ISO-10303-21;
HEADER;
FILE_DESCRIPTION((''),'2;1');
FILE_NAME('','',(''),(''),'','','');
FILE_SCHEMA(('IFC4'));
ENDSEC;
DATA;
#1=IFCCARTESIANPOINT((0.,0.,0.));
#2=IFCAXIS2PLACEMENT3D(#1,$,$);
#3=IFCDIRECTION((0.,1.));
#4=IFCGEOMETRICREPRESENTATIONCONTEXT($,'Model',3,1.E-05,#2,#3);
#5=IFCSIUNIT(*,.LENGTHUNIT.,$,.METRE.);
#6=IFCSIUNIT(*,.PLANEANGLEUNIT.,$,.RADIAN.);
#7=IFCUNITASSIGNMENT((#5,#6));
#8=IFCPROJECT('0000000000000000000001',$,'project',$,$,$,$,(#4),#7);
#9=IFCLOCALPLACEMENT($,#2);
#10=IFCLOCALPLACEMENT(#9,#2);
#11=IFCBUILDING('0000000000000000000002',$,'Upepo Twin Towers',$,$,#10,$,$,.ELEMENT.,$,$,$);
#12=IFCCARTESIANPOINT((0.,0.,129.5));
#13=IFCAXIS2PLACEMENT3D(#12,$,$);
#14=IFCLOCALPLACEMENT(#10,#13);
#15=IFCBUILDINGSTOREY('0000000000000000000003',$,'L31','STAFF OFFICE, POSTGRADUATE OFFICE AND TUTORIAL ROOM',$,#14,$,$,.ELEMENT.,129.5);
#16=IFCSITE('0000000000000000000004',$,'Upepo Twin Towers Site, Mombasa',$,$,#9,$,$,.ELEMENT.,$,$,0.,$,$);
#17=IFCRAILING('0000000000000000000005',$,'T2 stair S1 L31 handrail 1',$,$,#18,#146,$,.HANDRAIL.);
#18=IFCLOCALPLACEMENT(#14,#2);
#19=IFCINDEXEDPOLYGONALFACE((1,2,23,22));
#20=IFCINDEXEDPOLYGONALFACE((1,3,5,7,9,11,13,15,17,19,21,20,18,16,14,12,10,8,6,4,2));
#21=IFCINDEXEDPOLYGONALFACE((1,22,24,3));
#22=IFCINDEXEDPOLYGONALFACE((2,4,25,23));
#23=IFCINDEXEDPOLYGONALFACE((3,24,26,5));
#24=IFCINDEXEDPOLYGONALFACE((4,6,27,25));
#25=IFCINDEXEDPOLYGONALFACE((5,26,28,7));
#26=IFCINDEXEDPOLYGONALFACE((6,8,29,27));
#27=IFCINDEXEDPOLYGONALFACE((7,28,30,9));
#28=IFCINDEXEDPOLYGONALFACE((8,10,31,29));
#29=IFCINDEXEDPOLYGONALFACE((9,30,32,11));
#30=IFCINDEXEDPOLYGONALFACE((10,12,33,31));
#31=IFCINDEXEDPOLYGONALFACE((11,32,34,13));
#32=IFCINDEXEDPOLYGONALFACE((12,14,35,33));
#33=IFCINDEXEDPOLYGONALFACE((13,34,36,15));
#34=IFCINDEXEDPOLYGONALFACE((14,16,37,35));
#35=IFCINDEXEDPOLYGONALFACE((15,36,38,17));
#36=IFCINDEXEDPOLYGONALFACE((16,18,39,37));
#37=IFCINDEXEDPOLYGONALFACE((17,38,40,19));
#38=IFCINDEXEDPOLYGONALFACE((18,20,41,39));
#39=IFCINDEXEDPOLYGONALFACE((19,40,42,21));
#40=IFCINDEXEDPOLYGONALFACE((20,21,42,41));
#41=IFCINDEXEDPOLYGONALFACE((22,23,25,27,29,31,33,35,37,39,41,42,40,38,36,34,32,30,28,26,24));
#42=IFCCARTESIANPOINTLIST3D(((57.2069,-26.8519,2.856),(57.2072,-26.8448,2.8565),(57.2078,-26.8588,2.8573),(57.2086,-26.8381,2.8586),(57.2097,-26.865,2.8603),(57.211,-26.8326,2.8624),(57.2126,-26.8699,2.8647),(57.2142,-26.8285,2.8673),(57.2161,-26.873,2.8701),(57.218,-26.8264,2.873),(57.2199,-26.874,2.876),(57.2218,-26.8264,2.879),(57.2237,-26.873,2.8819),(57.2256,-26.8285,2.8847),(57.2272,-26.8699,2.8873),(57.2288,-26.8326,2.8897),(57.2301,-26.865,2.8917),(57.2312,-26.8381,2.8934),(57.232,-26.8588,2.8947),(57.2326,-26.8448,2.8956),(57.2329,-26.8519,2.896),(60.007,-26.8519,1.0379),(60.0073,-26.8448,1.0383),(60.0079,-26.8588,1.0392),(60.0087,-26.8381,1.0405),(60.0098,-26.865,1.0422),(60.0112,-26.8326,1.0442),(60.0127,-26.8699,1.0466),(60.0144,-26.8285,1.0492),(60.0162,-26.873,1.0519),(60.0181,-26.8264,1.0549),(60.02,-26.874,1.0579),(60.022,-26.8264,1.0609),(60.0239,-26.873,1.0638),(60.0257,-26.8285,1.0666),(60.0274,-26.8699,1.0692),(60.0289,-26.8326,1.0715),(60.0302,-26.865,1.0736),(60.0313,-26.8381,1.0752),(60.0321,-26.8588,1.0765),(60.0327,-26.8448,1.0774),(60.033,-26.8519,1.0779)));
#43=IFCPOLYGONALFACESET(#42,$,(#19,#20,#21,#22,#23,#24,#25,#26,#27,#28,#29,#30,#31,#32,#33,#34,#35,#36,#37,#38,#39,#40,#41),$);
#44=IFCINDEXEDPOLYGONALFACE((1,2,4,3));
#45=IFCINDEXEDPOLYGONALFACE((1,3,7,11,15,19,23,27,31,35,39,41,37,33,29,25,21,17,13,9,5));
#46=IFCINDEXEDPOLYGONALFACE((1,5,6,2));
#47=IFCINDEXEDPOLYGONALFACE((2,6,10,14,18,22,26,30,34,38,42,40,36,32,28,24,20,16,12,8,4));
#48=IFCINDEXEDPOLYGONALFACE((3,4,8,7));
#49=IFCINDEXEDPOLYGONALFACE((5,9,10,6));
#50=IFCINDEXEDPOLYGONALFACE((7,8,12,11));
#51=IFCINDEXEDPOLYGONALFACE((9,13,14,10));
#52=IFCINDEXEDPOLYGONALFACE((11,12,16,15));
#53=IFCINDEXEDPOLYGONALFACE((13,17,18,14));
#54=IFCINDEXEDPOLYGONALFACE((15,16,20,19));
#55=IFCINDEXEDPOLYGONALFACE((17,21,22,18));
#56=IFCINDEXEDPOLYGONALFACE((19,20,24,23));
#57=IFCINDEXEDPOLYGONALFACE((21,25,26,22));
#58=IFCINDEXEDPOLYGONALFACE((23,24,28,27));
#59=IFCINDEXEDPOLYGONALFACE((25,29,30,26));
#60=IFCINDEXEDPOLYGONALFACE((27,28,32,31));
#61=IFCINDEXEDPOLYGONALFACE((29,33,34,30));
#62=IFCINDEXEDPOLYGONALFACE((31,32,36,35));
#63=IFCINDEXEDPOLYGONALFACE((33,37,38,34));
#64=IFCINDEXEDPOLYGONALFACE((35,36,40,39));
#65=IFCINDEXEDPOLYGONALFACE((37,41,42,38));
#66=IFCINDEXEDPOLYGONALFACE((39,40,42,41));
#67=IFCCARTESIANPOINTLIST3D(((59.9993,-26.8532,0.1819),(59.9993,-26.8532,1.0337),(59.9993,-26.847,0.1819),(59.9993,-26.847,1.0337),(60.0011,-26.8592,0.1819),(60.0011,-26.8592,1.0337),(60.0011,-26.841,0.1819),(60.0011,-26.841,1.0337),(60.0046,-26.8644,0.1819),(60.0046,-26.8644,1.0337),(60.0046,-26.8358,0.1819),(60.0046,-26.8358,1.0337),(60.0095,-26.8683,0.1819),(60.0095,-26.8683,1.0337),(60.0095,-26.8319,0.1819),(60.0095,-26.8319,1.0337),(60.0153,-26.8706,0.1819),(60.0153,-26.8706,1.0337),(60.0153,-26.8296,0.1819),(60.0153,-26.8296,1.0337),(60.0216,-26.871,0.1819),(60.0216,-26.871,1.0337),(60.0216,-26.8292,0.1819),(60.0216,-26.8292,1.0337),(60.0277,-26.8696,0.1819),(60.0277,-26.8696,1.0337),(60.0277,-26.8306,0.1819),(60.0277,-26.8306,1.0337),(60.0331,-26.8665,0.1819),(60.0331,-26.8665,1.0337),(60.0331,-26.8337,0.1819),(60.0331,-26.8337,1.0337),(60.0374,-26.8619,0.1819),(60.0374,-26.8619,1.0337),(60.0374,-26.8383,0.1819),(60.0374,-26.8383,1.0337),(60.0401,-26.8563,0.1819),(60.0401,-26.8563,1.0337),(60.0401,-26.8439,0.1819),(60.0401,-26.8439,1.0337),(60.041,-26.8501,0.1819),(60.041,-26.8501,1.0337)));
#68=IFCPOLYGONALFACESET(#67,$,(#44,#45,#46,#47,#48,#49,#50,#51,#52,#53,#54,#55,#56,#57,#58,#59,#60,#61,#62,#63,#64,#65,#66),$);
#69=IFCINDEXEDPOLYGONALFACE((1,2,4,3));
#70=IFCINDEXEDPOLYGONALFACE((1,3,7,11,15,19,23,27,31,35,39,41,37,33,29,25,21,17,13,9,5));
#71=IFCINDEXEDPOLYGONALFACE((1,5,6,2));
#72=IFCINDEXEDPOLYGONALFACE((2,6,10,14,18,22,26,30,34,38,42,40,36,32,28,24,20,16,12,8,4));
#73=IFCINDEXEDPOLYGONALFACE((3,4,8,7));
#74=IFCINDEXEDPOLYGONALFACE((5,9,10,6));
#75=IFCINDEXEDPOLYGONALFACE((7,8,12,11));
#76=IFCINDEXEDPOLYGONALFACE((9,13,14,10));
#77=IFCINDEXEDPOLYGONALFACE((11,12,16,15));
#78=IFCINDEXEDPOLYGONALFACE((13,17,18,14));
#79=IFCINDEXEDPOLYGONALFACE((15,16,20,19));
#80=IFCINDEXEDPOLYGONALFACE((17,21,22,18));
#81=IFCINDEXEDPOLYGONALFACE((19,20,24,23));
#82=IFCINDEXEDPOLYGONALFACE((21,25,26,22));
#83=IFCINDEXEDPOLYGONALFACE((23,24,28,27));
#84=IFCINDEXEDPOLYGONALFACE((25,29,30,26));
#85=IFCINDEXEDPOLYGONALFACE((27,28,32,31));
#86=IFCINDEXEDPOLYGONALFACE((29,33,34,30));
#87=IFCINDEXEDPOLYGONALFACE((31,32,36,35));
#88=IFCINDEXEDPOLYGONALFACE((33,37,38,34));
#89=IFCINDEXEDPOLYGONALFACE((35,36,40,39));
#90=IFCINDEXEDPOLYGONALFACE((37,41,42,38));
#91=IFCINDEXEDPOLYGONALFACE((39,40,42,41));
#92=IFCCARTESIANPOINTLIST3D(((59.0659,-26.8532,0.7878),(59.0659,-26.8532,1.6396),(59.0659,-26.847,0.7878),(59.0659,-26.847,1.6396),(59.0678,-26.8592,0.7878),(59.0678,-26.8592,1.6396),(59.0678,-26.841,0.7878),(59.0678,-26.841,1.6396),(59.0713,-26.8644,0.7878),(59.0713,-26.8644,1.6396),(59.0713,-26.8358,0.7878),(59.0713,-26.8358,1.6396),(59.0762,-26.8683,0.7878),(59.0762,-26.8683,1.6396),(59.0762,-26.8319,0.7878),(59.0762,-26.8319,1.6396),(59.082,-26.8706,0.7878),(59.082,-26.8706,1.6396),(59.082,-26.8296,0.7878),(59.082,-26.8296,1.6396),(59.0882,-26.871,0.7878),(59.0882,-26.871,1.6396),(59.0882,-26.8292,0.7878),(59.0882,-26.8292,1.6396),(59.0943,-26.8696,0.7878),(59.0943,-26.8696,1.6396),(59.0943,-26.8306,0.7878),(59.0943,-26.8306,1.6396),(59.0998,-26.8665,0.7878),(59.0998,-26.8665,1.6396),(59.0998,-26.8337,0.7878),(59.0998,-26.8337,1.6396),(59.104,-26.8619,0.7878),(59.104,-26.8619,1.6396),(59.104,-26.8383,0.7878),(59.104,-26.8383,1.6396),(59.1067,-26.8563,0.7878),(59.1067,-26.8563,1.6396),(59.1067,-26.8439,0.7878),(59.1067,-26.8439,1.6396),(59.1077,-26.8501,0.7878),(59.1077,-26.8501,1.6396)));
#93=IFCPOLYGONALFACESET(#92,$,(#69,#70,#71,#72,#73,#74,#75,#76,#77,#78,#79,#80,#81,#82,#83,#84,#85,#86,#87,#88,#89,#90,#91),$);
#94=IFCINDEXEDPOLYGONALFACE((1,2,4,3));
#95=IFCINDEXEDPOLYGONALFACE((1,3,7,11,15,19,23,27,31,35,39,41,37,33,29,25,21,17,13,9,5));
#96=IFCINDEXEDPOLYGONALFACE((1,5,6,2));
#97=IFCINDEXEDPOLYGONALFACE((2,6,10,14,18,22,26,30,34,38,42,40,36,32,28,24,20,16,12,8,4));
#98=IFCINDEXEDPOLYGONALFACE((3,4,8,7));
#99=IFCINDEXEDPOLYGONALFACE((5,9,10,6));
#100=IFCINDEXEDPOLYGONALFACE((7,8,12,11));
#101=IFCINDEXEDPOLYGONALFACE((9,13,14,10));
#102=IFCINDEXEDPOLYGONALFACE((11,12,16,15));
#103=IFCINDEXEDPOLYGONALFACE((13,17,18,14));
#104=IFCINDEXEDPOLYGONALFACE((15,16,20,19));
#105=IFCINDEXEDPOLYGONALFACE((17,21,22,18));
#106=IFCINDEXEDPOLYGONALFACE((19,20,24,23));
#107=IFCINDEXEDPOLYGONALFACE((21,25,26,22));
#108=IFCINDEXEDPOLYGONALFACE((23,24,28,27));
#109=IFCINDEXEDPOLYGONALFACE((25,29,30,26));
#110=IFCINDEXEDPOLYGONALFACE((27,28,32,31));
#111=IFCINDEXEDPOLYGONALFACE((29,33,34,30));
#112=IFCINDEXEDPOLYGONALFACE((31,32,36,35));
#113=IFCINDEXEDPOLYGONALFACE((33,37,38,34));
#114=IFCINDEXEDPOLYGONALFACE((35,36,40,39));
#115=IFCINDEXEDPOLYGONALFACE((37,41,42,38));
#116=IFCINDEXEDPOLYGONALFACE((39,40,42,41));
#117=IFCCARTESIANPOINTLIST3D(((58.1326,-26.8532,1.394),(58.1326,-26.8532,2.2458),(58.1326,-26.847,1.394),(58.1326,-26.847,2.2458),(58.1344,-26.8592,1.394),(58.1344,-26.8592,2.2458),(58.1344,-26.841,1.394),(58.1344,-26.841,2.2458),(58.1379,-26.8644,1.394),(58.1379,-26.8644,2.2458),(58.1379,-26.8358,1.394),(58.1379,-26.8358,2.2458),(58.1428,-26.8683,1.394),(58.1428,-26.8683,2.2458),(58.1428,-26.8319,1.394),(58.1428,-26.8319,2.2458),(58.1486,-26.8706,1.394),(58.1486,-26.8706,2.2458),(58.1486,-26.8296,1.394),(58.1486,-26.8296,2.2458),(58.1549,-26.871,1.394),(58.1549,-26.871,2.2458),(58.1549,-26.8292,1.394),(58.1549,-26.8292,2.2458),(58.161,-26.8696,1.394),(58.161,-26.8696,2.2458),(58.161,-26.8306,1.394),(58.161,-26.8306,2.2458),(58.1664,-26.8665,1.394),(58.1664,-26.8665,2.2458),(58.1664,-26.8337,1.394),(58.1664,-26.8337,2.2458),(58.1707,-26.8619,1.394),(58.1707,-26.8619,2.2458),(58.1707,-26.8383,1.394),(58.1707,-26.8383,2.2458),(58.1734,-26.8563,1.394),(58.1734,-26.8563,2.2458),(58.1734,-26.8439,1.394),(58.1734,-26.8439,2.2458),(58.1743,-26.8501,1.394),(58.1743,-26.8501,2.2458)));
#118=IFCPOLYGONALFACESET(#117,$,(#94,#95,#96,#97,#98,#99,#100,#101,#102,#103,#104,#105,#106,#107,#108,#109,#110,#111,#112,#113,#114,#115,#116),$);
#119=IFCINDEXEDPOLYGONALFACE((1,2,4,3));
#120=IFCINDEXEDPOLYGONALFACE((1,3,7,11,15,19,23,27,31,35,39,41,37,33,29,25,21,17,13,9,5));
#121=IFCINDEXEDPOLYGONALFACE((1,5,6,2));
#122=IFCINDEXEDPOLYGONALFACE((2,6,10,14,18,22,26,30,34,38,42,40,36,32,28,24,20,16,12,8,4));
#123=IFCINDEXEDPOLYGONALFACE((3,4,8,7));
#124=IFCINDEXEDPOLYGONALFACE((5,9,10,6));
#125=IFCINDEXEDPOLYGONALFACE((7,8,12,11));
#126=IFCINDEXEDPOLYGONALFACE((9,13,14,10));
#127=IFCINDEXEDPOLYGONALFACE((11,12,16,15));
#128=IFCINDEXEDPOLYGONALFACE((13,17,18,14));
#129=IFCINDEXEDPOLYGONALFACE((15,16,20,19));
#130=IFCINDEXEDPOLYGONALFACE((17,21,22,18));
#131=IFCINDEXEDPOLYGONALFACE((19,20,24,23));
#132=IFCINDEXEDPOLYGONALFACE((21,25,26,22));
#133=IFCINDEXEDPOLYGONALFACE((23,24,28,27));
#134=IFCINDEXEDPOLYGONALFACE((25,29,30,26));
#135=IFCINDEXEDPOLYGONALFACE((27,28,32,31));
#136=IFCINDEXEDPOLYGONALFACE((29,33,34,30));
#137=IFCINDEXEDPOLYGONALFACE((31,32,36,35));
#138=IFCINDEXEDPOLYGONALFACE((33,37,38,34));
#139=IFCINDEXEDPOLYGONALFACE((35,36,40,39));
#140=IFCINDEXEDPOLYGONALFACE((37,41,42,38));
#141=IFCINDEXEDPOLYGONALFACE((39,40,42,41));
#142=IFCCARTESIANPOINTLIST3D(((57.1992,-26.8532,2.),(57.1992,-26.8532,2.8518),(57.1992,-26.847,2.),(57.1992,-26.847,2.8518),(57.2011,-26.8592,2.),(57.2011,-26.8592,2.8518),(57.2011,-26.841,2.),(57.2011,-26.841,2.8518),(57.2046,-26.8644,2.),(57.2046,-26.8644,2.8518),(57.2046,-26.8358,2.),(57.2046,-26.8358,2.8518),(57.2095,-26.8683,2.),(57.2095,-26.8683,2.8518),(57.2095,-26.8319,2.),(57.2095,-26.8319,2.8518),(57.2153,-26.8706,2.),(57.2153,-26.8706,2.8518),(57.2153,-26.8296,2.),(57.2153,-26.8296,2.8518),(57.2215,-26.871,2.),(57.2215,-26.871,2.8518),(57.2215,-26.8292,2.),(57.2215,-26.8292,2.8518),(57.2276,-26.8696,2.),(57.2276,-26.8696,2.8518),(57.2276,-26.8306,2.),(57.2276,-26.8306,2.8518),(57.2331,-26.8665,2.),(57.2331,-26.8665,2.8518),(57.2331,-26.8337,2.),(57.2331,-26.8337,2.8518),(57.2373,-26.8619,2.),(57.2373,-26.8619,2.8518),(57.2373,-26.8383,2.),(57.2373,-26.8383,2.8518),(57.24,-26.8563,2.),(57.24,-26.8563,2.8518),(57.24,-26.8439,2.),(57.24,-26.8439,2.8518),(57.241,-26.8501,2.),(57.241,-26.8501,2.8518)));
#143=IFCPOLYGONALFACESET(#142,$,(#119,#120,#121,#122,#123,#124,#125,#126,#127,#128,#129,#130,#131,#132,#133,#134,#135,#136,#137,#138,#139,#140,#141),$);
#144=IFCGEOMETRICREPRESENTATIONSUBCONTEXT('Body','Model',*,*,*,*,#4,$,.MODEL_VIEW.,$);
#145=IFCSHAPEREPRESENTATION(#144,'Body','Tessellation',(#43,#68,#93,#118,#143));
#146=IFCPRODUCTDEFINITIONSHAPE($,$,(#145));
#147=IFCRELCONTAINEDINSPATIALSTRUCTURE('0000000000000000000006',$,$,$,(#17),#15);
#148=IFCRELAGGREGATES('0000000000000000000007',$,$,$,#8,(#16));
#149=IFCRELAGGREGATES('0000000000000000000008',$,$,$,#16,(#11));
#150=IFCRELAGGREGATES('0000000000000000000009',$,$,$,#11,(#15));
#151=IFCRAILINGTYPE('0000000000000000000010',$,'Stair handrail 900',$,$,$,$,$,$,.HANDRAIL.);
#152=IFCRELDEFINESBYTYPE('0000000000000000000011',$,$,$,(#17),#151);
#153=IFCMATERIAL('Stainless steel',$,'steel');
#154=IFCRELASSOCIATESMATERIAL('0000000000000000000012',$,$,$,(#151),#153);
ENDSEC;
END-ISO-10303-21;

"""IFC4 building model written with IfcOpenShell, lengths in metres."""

from ifc_helpers import new_model, si_unit, direction, frame, origin, origin_2d, place, context, subcontext, project, spatial, circle, extrude, material, type_object, element, save


model = new_model("IFC4")

# Units and contexts
model_context = context("Model", 3, precision=1e-05, world=origin(), true_north=direction((0.0, 1.0)))
body_context = subcontext(model_context, "Body", "Model", "MODEL_VIEW")
ifc_project = project(units=[si_unit("LENGTHUNIT", "METRE"), si_unit("PLANEANGLEUNIT", "RADIAN")], contexts=[model_context])

# Site, building, storey
site_placement = place(None, origin())
site = spatial("IfcSite", under=ifc_project, at=site_placement, Name="Upepo Twin Towers Site, Mombasa", CompositionType="ELEMENT", RefElevation=0.0)
building_placement = place(site_placement, origin())
building = spatial("IfcBuilding", under=site, at=building_placement, Name="Upepo Twin Towers", CompositionType="ELEMENT")
storey_placement = place(building_placement, frame((0.0, 0.0, 129.5)))
storey = spatial("IfcBuildingStorey", under=building, at=storey_placement, Name="L31", Description="STAFF OFFICE, POSTGRADUATE OFFICE AND TUTORIAL ROOM", CompositionType="ELEMENT", Elevation=129.5)

# Railing
ifc_material_1 = material(Name="Stainless steel", Category="steel")
railing_type = type_object("IfcRailingType", Name="Stair handrail 900", PredefinedType="HANDRAIL", material=ifc_material_1)
railing_1_placement = place(storey_placement, frame((60.02, -26.8501, 0.1819)))
element("IfcRailing", 1, at=railing_1_placement, inside=storey, type_object=railing_type, Name="T2 stair S1 L31 handrail 1", PredefinedType="HANDRAIL", context=body_context, shape_type="SweptSolid", body=[
    extrude(circle(Radius=0.0239, at=origin_2d()), frame((0.0, 0.0, 0.876), z_axis=(-0.838706, 0.0, 0.544585), x_axis=(0.0, -1.0, 0.0)), (0.0, 0.0, 1.0), 3.3386),
    extrude(circle(Radius=0.021, at=origin_2d()), origin(), (0.0, 0.0, 1.0), 0.8518),
    extrude(circle(Radius=0.021, at=origin_2d()), frame((-0.9333, 0.0, 0.606)), (0.0, 0.0, 1.0), 0.8518),
    extrude(circle(Radius=0.021, at=origin_2d()), frame((-1.8667, 0.0, 1.2122)), (0.0, 0.0, 1.0), 0.8518),
    extrude(circle(Radius=0.021, at=origin_2d()), frame((-2.8, 0.0, 1.8181)), (0.0, 0.0, 1.0), 0.8518),
])

save(model, "model.ifc")
